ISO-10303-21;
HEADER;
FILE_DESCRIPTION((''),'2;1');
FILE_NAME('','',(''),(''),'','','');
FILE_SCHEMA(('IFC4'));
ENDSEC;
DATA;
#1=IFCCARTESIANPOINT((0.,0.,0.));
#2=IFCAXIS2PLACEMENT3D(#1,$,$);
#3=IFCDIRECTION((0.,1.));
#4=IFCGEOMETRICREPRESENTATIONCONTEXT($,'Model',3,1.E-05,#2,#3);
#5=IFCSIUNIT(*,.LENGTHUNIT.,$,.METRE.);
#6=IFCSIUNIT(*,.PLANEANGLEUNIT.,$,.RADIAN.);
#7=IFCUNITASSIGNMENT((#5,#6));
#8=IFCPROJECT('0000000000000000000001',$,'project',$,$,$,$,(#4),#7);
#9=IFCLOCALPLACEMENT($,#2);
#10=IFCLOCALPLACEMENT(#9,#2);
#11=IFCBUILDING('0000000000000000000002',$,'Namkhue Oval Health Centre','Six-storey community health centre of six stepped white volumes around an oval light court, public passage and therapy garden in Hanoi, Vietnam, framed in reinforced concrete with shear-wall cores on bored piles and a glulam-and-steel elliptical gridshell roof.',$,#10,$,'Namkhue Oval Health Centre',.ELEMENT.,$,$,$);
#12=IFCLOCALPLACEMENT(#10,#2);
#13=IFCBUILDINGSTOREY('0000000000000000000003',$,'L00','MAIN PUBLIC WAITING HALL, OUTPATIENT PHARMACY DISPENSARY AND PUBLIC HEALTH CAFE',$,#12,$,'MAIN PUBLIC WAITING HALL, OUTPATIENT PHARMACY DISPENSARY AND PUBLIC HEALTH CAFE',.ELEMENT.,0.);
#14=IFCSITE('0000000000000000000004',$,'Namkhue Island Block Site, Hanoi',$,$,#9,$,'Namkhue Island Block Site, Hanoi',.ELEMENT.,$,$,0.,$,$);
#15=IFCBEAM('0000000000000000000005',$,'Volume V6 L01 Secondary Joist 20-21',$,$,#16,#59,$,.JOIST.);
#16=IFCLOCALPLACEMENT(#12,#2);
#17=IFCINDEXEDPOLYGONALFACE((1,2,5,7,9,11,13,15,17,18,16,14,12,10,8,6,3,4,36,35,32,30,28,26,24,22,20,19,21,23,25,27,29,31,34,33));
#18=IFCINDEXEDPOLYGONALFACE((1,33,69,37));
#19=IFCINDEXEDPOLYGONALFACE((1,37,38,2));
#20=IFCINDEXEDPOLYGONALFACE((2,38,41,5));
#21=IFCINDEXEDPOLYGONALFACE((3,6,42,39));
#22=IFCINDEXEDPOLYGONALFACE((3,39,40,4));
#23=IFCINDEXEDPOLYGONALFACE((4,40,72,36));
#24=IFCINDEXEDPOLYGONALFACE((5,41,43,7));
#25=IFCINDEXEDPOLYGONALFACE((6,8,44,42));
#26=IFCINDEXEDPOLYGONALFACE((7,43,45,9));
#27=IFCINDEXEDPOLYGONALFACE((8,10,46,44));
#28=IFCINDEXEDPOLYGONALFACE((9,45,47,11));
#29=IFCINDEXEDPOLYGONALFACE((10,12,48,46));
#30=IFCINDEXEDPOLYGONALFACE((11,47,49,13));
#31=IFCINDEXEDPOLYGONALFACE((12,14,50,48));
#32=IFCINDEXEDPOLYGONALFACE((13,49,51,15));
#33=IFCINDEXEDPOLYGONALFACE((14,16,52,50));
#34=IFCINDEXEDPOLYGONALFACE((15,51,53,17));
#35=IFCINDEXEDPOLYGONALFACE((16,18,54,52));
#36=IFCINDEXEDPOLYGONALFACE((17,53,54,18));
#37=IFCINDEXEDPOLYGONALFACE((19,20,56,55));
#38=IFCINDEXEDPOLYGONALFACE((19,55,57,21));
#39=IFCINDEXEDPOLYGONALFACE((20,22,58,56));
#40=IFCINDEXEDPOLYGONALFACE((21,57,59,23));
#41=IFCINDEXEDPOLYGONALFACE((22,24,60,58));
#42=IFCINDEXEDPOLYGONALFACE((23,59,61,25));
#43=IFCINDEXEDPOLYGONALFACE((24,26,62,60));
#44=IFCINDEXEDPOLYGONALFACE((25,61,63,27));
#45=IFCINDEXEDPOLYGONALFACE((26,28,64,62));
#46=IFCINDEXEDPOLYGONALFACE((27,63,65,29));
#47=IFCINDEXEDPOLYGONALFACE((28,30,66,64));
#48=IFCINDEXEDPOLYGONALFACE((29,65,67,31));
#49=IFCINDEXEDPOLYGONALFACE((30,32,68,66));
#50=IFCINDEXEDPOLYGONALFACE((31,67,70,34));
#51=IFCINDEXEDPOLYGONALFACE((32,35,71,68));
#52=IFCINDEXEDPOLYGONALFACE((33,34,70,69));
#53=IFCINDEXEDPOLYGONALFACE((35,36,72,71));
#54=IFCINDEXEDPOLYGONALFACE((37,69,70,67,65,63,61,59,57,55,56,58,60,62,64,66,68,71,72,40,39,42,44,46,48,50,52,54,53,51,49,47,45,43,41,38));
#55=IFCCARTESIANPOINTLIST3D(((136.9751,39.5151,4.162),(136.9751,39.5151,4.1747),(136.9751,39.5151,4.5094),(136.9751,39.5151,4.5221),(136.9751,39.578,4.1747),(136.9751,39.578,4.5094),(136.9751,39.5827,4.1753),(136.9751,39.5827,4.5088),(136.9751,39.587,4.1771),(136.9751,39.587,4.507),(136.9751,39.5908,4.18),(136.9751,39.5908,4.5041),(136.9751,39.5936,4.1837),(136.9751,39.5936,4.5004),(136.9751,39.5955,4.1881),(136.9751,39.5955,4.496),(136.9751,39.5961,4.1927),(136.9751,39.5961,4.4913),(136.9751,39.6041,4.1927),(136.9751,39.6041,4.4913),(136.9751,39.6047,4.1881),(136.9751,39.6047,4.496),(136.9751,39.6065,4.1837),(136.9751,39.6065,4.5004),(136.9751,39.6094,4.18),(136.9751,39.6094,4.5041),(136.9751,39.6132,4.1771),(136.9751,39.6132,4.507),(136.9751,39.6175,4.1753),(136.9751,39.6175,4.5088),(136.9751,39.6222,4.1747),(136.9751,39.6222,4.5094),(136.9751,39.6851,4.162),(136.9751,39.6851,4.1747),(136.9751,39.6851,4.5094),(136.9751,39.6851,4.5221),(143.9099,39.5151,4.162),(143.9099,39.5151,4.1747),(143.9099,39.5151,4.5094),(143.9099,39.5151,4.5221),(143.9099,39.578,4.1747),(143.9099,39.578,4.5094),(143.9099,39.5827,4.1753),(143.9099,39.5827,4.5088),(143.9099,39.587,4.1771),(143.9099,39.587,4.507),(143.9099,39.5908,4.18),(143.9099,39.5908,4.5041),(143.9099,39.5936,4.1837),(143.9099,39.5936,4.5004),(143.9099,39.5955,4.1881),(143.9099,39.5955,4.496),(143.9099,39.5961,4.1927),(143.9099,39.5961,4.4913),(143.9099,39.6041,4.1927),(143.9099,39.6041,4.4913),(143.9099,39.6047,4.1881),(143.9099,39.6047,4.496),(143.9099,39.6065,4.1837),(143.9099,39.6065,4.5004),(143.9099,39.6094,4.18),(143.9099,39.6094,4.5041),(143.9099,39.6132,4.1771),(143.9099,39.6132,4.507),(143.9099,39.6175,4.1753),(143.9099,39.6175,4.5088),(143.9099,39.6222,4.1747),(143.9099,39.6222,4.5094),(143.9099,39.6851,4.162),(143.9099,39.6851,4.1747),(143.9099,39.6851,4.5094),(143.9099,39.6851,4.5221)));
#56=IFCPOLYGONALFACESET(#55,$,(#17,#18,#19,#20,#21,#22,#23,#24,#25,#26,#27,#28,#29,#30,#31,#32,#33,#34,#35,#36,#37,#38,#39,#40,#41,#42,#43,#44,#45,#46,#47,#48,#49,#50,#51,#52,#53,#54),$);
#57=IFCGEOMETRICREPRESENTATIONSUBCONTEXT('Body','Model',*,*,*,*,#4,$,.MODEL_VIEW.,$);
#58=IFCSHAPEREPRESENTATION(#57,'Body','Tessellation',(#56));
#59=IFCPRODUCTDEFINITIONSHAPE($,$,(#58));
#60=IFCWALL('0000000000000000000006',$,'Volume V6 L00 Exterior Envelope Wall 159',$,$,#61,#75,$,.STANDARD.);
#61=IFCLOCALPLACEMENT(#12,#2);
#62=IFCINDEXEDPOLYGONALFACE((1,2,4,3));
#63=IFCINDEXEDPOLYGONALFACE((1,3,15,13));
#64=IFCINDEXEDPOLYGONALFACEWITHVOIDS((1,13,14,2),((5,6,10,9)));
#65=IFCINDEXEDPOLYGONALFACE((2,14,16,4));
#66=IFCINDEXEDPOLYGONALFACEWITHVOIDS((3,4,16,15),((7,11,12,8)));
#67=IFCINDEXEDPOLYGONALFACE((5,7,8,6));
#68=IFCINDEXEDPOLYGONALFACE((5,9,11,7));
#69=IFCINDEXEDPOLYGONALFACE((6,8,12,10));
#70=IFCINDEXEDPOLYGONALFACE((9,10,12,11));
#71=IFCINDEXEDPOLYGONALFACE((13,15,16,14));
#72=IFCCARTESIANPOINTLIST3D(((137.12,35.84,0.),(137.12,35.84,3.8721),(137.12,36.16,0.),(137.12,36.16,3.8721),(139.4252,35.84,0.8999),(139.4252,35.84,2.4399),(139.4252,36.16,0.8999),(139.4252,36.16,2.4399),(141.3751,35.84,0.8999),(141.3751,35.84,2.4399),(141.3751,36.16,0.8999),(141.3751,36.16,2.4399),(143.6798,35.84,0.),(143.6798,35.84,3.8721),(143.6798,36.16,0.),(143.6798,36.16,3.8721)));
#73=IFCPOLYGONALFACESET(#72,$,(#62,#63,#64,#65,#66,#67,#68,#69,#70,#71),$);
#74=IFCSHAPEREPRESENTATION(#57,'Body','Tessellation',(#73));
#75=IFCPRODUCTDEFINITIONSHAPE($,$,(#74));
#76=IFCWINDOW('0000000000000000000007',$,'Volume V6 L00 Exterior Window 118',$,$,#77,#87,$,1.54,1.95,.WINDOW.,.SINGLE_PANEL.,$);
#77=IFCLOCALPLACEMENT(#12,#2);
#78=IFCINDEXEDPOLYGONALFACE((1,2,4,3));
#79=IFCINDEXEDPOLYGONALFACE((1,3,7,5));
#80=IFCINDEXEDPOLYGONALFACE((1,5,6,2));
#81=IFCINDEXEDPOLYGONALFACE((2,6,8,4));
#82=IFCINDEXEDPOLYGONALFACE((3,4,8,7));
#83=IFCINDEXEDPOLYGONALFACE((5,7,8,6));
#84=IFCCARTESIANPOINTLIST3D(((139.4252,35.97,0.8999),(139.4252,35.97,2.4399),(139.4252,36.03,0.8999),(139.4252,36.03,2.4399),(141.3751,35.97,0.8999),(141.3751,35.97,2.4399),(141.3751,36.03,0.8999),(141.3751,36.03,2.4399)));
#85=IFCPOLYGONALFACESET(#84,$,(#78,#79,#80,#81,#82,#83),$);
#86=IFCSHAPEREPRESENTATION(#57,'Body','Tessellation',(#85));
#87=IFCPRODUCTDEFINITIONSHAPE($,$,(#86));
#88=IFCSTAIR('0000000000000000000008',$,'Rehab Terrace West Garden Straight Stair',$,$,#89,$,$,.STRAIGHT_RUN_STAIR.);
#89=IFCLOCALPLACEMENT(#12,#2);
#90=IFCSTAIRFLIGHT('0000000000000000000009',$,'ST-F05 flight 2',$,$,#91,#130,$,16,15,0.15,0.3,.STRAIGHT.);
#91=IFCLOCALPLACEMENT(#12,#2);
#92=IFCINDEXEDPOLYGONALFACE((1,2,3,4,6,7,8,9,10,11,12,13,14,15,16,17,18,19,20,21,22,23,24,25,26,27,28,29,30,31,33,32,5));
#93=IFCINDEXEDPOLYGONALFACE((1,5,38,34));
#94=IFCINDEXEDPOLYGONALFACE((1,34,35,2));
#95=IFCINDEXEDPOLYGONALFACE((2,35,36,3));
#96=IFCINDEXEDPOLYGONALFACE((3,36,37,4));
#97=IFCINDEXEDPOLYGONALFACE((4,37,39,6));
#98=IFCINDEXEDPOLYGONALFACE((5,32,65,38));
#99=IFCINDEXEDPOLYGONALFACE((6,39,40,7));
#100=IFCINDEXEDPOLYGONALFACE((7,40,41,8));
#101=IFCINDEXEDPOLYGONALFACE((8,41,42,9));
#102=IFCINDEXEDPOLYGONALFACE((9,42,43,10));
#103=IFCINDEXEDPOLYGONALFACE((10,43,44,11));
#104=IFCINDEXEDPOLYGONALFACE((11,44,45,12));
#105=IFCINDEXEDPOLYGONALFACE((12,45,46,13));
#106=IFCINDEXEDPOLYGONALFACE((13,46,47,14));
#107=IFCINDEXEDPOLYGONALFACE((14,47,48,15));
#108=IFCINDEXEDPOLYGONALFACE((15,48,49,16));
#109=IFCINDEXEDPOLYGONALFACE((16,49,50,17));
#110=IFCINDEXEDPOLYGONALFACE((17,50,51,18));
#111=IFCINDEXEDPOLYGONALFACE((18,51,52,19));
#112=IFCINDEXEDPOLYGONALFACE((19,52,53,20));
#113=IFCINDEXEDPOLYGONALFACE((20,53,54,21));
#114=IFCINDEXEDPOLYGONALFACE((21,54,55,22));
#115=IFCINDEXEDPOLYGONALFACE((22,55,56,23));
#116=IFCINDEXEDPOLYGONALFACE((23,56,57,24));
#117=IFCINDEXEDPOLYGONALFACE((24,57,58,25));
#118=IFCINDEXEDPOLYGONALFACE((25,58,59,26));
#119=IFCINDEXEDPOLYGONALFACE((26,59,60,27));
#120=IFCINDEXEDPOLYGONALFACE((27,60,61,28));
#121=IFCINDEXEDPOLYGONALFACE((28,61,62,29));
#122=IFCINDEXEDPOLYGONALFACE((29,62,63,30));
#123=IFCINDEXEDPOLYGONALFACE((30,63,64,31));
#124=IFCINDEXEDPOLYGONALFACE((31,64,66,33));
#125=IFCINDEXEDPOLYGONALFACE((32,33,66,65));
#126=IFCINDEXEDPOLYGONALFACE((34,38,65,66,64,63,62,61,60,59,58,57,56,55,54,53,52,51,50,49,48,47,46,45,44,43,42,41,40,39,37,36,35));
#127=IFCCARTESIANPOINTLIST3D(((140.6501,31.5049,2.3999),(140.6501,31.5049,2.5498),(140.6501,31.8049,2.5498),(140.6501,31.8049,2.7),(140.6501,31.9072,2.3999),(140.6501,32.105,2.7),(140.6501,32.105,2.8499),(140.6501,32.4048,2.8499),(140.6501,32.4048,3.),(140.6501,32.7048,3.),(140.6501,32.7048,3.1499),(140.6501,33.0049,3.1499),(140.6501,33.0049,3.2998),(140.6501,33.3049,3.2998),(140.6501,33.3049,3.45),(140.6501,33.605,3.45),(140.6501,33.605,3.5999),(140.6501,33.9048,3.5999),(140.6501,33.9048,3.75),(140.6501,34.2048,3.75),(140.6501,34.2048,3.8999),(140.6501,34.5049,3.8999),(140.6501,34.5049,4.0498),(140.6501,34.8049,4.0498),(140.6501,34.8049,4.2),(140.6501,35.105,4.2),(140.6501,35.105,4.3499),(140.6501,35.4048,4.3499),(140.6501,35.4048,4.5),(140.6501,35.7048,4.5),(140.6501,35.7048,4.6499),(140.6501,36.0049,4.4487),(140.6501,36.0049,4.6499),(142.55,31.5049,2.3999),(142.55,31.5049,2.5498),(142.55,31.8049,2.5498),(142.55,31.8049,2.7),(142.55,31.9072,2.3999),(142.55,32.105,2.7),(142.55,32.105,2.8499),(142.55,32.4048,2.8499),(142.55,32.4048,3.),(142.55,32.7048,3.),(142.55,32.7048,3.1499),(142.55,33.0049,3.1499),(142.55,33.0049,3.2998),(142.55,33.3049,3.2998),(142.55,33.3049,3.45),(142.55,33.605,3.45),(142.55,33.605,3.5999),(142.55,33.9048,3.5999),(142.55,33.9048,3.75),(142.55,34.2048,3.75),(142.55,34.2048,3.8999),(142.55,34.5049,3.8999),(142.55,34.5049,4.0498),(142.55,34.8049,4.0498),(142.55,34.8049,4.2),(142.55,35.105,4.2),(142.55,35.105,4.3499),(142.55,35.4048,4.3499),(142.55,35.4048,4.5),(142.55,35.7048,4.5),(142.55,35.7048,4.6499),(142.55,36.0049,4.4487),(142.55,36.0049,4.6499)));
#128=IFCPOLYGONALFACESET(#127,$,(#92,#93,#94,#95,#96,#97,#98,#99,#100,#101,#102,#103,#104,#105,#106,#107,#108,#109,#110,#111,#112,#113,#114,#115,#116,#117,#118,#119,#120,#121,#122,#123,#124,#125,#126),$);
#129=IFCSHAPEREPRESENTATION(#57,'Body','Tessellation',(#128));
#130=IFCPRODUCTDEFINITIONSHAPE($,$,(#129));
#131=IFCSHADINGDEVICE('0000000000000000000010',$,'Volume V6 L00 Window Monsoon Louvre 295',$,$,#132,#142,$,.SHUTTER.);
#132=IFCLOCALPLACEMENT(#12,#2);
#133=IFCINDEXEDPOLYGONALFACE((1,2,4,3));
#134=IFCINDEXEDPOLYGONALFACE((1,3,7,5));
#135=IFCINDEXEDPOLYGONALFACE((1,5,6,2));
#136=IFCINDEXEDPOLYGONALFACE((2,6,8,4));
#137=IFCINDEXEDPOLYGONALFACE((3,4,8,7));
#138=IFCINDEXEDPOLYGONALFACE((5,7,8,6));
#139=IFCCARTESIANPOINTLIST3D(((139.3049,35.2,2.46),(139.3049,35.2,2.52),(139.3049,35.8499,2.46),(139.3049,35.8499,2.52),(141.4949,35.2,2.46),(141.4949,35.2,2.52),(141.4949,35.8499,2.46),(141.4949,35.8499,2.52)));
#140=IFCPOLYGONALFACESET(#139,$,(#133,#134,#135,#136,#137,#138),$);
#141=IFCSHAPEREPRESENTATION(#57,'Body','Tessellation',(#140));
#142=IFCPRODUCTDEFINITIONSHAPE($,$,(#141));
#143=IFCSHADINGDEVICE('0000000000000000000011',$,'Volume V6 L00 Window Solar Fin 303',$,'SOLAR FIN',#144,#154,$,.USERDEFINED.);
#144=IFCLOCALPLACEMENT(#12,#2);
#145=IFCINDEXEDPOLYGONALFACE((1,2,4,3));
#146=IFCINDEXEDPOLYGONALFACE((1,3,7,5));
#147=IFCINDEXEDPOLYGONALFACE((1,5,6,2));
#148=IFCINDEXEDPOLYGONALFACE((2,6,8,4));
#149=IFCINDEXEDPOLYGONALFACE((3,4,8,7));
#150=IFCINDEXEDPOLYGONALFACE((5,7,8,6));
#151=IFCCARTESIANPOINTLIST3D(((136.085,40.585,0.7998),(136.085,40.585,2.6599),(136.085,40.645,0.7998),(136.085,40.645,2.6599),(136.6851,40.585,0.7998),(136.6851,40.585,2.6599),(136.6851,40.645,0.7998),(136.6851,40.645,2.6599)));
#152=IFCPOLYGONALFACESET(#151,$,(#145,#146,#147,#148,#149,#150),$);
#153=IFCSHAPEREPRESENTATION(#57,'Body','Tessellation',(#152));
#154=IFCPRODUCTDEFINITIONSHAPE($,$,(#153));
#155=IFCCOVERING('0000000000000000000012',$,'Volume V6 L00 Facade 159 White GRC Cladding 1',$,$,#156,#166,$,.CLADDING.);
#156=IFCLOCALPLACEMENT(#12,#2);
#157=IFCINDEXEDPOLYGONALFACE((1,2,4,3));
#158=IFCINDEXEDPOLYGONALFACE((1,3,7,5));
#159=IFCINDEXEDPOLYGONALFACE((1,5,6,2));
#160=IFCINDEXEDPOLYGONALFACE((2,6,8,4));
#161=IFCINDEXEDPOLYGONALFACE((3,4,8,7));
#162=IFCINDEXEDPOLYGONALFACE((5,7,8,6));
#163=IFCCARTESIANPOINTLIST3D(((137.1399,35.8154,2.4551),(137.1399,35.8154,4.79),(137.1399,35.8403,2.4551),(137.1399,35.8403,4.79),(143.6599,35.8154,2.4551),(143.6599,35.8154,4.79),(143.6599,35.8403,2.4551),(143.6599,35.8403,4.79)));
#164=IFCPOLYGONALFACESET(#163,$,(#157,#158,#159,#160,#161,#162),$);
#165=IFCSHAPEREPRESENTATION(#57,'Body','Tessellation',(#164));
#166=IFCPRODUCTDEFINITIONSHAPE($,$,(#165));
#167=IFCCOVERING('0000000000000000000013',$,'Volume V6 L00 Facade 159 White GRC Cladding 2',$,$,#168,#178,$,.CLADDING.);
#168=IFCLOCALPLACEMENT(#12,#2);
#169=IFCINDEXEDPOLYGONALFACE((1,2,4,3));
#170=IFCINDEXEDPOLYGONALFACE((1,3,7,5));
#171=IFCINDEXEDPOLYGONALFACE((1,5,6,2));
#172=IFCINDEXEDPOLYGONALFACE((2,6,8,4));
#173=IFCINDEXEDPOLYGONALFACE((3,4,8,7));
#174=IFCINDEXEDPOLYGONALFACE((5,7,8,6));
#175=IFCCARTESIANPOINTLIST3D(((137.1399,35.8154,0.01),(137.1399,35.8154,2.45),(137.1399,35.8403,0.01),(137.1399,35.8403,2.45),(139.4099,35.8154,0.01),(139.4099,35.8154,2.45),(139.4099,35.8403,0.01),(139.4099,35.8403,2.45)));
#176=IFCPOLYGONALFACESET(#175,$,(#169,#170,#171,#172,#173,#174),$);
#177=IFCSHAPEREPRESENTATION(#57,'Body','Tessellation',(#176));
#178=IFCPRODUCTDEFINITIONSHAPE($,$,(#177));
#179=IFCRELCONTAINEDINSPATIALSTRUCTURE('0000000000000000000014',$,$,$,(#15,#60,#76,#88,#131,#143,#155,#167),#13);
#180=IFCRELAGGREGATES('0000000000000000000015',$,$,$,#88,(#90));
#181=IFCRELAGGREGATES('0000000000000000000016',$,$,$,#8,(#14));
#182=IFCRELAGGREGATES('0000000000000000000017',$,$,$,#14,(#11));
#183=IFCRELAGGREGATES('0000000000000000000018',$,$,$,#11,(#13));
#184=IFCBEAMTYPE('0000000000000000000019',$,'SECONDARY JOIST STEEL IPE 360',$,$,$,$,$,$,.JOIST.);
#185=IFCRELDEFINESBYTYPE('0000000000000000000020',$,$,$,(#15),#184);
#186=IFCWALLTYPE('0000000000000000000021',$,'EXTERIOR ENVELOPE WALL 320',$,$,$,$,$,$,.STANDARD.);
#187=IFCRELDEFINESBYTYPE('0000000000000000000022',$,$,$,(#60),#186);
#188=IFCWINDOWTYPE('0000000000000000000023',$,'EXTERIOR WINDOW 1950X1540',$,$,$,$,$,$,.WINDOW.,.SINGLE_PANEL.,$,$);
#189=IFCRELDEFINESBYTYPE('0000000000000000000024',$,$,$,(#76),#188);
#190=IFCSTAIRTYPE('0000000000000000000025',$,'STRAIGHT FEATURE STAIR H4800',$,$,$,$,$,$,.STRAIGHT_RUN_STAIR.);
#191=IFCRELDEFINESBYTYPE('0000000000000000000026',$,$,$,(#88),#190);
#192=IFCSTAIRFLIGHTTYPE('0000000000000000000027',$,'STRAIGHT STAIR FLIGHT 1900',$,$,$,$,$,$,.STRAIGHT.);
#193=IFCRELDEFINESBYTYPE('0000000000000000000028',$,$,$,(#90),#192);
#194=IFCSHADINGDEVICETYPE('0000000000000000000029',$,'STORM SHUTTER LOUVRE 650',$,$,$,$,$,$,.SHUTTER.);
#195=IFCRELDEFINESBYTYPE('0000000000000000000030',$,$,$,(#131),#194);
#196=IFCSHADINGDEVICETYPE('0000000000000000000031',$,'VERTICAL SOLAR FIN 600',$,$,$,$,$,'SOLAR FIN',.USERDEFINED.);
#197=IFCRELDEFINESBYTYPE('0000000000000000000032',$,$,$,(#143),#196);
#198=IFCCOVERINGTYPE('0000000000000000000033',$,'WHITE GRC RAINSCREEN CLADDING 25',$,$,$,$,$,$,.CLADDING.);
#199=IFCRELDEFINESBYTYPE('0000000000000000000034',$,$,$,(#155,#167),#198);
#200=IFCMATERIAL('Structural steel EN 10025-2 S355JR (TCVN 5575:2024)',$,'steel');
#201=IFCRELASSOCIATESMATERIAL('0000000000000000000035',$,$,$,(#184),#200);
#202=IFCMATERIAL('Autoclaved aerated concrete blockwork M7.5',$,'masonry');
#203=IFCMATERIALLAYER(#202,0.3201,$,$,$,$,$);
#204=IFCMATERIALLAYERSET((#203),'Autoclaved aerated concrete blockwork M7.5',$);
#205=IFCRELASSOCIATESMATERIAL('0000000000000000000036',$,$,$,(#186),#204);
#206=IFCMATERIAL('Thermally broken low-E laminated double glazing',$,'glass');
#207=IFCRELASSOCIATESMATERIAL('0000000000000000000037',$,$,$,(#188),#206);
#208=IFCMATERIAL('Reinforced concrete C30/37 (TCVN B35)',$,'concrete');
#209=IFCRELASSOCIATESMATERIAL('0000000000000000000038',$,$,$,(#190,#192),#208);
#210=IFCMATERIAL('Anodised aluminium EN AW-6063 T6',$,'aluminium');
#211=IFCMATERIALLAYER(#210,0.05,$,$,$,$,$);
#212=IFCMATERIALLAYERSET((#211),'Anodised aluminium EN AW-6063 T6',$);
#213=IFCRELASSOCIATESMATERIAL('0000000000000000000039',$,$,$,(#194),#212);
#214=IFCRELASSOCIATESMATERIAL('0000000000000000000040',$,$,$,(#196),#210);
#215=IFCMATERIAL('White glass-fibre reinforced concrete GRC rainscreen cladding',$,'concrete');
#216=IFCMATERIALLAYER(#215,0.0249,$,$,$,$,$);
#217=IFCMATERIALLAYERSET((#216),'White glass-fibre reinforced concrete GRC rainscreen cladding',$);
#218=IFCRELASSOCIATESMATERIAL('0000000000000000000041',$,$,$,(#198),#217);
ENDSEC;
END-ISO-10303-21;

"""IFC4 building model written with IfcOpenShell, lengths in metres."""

from ifc_helpers import new_model, si_unit, direction, frame, frame_2d, origin, origin_2d, place, context, subcontext, project, spatial, polyline, rectangle, i_section, outline, extrude, material, layer, layer_set, material_profile, profile_set, type_object, element, fill, aggregate, save


model = new_model("IFC4")

# Units and contexts
model_context = context("Model", 3, precision=1e-05, world=origin(), true_north=direction((0.0, 1.0)))
body_context = subcontext(model_context, "Body", "Model", "MODEL_VIEW")
ifc_project = project(units=[si_unit("LENGTHUNIT", "METRE"), si_unit("PLANEANGLEUNIT", "RADIAN")], contexts=[model_context])

# Site, building, storey
site_placement = place(None, origin())
site = spatial("IfcSite", under=ifc_project, at=site_placement, Name="Namkhue Island Block Site, Hanoi", LongName="Namkhue Island Block Site, Hanoi", CompositionType="ELEMENT", RefElevation=0.0)
building_placement = place(site_placement, origin())
building = spatial("IfcBuilding", under=site, at=building_placement, Name="Namkhue Oval Health Centre", Description="Six-storey community health centre of six stepped white volumes around an oval light court, public passage and therapy garden in Hanoi, Vietnam, framed in reinforced concrete with shear-wall cores on bored piles and a glulam-and-steel elliptical gridshell roof.", LongName="Namkhue Oval Health Centre", CompositionType="ELEMENT")
storey_placement = place(building_placement, origin())
storey = spatial("IfcBuildingStorey", under=building, at=storey_placement, Name="L00", Description="MAIN PUBLIC WAITING HALL, OUTPATIENT PHARMACY DISPENSARY AND PUBLIC HEALTH CAFE", LongName="MAIN PUBLIC WAITING HALL, OUTPATIENT PHARMACY DISPENSARY AND PUBLIC HEALTH CAFE", CompositionType="ELEMENT", Elevation=0.0)

# Shared definitions
ifc_material_1 = material(Name="Reinforced concrete C30/37 (TCVN B35)", Category="concrete")

# Beam
ifc_material_2 = material(Name="Structural steel EN 10025-2 S355JR (TCVN 5575:2024)", Category="steel")
ifc_material_profile_1 = material_profile(ifc_material_2, i_section(OverallWidth=0.1699, OverallDepth=0.3601, WebThickness=0.0081, FlangeThickness=0.0127, FilletRadius=0.0181, at=origin_2d()), Name="IPE 360")
ifc_profile_set_1 = profile_set([ifc_material_profile_1], Name="Structural steel EN 10025-2 S355JR (TCVN 5575:2024)")
beam_type_1 = type_object("IfcBeamType", Name="SECONDARY JOIST STEEL IPE 360", PredefinedType="JOIST", material=ifc_profile_set_1)
beam_1_placement = place(storey_placement, frame((136.9751, 39.6001, 4.342), z_axis=(1.0, 0.0, 0.0), x_axis=(0.0, 1.0, 0.0)))
element("IfcBeam", 1, at=beam_1_placement, inside=storey, type_object=beam_type_1, Name="Volume V6 L01 Secondary Joist 20-21", PredefinedType="JOIST", context=body_context, shape_type="SweptSolid", body=[
    extrude(i_section(OverallWidth=0.1699, OverallDepth=0.3601, WebThickness=0.0081, FlangeThickness=0.0127, FilletRadius=0.0181, at=origin_2d()), origin(), (0.0, 0.0, 1.0), 6.9348),
])

# Wall, opening, window
ifc_material_3 = material(Name="Autoclaved aerated concrete blockwork M7.5", Category="masonry")
ifc_layer_1 = layer(ifc_material_3, 0.3201)
ifc_layer_set_1 = layer_set([ifc_layer_1], Name="Autoclaved aerated concrete blockwork M7.5")
wall_type = type_object("IfcWallType", Name="EXTERIOR ENVELOPE WALL 320", PredefinedType="STANDARD", material=ifc_layer_set_1)
wall_placement = place(storey_placement, frame((137.1201, 36.0, 0.0), z_axis=(0.0, 0.0, 1.0), x_axis=(1.0, 0.0, 0.0)))
wall = element("IfcWall", 2, at=wall_placement, inside=storey, type_object=wall_type, Name="Volume V6 L00 Exterior Envelope Wall 159", PredefinedType="STANDARD", context=body_context, shape_type="SweptSolid", body=[
    extrude(rectangle(XDim=6.5598, YDim=0.3201, at=frame_2d((3.2798, 0.0))), origin(), (0.0, 0.0, 1.0), 3.8721),
])
opening_placement = place(wall_placement, frame((2.3049, 0.0, 0.8999)))
opening = element("IfcOpeningElement", 3, at=opening_placement, cuts=wall, PredefinedType="OPENING", context=body_context, shape_type="SweptSolid", body=[
    extrude(rectangle(XDim=1.95, YDim=1.54, at=frame_2d((0.9751, 0.77))), frame((0.0, 0.1699, 0.0), z_axis=(0.0, -1.0, 0.0), x_axis=(1.0, 0.0, 0.0)), (0.0, 0.0, 1.0), 0.3401),
])
ifc_material_4 = material(Name="Thermally broken low-E laminated double glazing", Category="glass")
window_type = type_object("IfcWindowType", Name="EXTERIOR WINDOW 1950X1540", PartitioningType="SINGLE_PANEL", PredefinedType="WINDOW", material=ifc_material_4)
window_placement = place(opening_placement, origin())
window = element("IfcWindow", 4, at=window_placement, inside=storey, type_object=window_type, Name="Volume V6 L00 Exterior Window 118", OverallHeight=1.54, OverallWidth=1.95, PartitioningType="SINGLE_PANEL", PredefinedType="WINDOW", context=body_context, shape_type="SweptSolid", body=[
    extrude(rectangle(XDim=1.95, YDim=1.54, at=frame_2d((0.9751, 0.77))), frame((0.0, 0.03, 0.0), z_axis=(0.0, -1.0, 0.0), x_axis=(1.0, 0.0, 0.0)), (0.0, 0.0, 1.0), 0.0601),
])
fill(opening, window)

# Stair, stair flight
stair_type = type_object("IfcStairType", Name="STRAIGHT FEATURE STAIR H4800", PredefinedType="STRAIGHT_RUN_STAIR", material=ifc_material_1)
stair_placement = place(storey_placement, origin())
stair = element("IfcStair", 5, at=stair_placement, inside=storey, type_object=stair_type, Name="Rehab Terrace West Garden Straight Stair", PredefinedType="STRAIGHT_RUN_STAIR")
stair_flight_type = type_object("IfcStairFlightType", Name="STRAIGHT STAIR FLIGHT 1900", PredefinedType="STRAIGHT", material=ifc_material_1)
stair_flight_placement = place(storey_placement, frame((141.6001, 31.5049, 2.3999), z_axis=(0.0, 0.0, 1.0), x_axis=(0.0, 1.0, 0.0)))
stair_flight = element("IfcStairFlight", 6, at=stair_flight_placement, type_object=stair_flight_type, Name="ST-F05 flight 2", NumberOfRisers=16, NumberOfTreads=15, PredefinedType="STRAIGHT", RiserHeight=0.15, TreadLength=0.3, context=body_context, shape_type="SweptSolid", body=[
    extrude(outline(polyline([(0.0, 0.0), (0.0, 0.1499), (0.3, 0.1499), (0.3, 0.3), (0.6001, 0.3), (0.6001, 0.45), (0.8999, 0.45), (0.8999, 0.6001), (1.2, 0.6001), (1.2, 0.75), (1.5, 0.75), (1.5, 0.8999), (1.8, 0.8999), (1.8, 1.05), (2.1001, 1.05), (2.1001, 1.2), (2.3999, 1.2), (2.3999, 1.3501), (2.7, 1.3501), (2.7, 1.5), (3.0, 1.5), (3.0, 1.6499), (3.3, 1.6499), (3.3, 1.8), (3.6001, 1.8), (3.6001, 1.95), (3.8999, 1.95), (3.8999, 2.1001), (4.2, 2.1001), (4.2, 2.25), (4.5, 2.25), (4.5, 2.3999), (4.5, 2.0488), (0.4023, 0.0), (0.0, 0.0)])), frame((0.0, 0.95, 0.0), z_axis=(0.0, -1.0, 0.0), x_axis=(1.0, 0.0, 0.0)), (0.0, 0.0, 1.0), 1.8999),
])
aggregate(stair, [stair_flight])

# Shading devices
ifc_material_5 = material(Name="Anodised aluminium EN AW-6063 T6", Category="aluminium")
ifc_layer_2 = layer(ifc_material_5, 0.05)
ifc_layer_set_2 = layer_set([ifc_layer_2], Name="Anodised aluminium EN AW-6063 T6")
shading_device_type_1 = type_object("IfcShadingDeviceType", Name="STORM SHUTTER LOUVRE 650", PredefinedType="SHUTTER", material=ifc_layer_set_2)
shading_device_1_placement = place(storey_placement, frame((140.3999, 35.5249, 2.46), z_axis=(0.0, 0.0, 1.0), x_axis=(1.0, 0.0, 0.0)))
element("IfcShadingDevice", 7, at=shading_device_1_placement, inside=storey, type_object=shading_device_type_1, Name="Volume V6 L00 Window Monsoon Louvre 295", PredefinedType="SHUTTER", context=body_context, shape_type="SweptSolid", body=[
    extrude(rectangle(XDim=2.1899, YDim=0.6499, at=origin_2d()), origin(), (0.0, 0.0, 1.0), 0.0601),
])
shading_device_type_2 = type_object("IfcShadingDeviceType", Name="VERTICAL SOLAR FIN 600", ElementType="SOLAR FIN", PredefinedType="USERDEFINED", material=ifc_material_5)
shading_device_2_placement = place(storey_placement, frame((136.385, 40.615, 0.7998), z_axis=(0.0, 0.0, 1.0), x_axis=(-1.0, 0.0, 0.0)))
element("IfcShadingDevice", 8, at=shading_device_2_placement, inside=storey, type_object=shading_device_type_2, Name="Volume V6 L00 Window Solar Fin 303", ObjectType="SOLAR FIN", PredefinedType="USERDEFINED", context=body_context, shape_type="SweptSolid", body=[
    extrude(rectangle(XDim=0.6001, YDim=0.0601, at=origin_2d()), origin(), (0.0, 0.0, 1.0), 1.8601),
])

# Coverings
ifc_material_6 = material(Name="White glass-fibre reinforced concrete GRC rainscreen cladding", Category="concrete")
ifc_layer_3 = layer(ifc_material_6, 0.0249)
ifc_layer_set_3 = layer_set([ifc_layer_3], Name="White glass-fibre reinforced concrete GRC rainscreen cladding")
covering_type = type_object("IfcCoveringType", Name="WHITE GRC RAINSCREEN CLADDING 25", PredefinedType="CLADDING", material=ifc_layer_set_3)
covering_1_placement = place(storey_placement, frame((140.3999, 35.8279, 2.4551), z_axis=(0.0, 0.0, 1.0), x_axis=(1.0, 0.0, 0.0)))
element("IfcCovering", 9, at=covering_1_placement, inside=storey, type_object=covering_type, Name="Volume V6 L00 Facade 159 White GRC Cladding 1", PredefinedType="CLADDING", context=body_context, shape_type="SweptSolid", body=[
    extrude(rectangle(XDim=6.52, YDim=0.0249, at=origin_2d()), origin(), (0.0, 0.0, 1.0), 2.335),
])
covering_2_placement = place(storey_placement, frame((138.2749, 35.8279, 0.01), z_axis=(0.0, 0.0, 1.0), x_axis=(1.0, 0.0, 0.0)))
element("IfcCovering", 10, at=covering_2_placement, inside=storey, type_object=covering_type, Name="Volume V6 L00 Facade 159 White GRC Cladding 2", PredefinedType="CLADDING", context=body_context, shape_type="SweptSolid", body=[
    extrude(rectangle(XDim=2.27, YDim=0.0249, at=origin_2d()), origin(), (0.0, 0.0, 1.0), 2.4399),
])

save(model, "model.ifc")
